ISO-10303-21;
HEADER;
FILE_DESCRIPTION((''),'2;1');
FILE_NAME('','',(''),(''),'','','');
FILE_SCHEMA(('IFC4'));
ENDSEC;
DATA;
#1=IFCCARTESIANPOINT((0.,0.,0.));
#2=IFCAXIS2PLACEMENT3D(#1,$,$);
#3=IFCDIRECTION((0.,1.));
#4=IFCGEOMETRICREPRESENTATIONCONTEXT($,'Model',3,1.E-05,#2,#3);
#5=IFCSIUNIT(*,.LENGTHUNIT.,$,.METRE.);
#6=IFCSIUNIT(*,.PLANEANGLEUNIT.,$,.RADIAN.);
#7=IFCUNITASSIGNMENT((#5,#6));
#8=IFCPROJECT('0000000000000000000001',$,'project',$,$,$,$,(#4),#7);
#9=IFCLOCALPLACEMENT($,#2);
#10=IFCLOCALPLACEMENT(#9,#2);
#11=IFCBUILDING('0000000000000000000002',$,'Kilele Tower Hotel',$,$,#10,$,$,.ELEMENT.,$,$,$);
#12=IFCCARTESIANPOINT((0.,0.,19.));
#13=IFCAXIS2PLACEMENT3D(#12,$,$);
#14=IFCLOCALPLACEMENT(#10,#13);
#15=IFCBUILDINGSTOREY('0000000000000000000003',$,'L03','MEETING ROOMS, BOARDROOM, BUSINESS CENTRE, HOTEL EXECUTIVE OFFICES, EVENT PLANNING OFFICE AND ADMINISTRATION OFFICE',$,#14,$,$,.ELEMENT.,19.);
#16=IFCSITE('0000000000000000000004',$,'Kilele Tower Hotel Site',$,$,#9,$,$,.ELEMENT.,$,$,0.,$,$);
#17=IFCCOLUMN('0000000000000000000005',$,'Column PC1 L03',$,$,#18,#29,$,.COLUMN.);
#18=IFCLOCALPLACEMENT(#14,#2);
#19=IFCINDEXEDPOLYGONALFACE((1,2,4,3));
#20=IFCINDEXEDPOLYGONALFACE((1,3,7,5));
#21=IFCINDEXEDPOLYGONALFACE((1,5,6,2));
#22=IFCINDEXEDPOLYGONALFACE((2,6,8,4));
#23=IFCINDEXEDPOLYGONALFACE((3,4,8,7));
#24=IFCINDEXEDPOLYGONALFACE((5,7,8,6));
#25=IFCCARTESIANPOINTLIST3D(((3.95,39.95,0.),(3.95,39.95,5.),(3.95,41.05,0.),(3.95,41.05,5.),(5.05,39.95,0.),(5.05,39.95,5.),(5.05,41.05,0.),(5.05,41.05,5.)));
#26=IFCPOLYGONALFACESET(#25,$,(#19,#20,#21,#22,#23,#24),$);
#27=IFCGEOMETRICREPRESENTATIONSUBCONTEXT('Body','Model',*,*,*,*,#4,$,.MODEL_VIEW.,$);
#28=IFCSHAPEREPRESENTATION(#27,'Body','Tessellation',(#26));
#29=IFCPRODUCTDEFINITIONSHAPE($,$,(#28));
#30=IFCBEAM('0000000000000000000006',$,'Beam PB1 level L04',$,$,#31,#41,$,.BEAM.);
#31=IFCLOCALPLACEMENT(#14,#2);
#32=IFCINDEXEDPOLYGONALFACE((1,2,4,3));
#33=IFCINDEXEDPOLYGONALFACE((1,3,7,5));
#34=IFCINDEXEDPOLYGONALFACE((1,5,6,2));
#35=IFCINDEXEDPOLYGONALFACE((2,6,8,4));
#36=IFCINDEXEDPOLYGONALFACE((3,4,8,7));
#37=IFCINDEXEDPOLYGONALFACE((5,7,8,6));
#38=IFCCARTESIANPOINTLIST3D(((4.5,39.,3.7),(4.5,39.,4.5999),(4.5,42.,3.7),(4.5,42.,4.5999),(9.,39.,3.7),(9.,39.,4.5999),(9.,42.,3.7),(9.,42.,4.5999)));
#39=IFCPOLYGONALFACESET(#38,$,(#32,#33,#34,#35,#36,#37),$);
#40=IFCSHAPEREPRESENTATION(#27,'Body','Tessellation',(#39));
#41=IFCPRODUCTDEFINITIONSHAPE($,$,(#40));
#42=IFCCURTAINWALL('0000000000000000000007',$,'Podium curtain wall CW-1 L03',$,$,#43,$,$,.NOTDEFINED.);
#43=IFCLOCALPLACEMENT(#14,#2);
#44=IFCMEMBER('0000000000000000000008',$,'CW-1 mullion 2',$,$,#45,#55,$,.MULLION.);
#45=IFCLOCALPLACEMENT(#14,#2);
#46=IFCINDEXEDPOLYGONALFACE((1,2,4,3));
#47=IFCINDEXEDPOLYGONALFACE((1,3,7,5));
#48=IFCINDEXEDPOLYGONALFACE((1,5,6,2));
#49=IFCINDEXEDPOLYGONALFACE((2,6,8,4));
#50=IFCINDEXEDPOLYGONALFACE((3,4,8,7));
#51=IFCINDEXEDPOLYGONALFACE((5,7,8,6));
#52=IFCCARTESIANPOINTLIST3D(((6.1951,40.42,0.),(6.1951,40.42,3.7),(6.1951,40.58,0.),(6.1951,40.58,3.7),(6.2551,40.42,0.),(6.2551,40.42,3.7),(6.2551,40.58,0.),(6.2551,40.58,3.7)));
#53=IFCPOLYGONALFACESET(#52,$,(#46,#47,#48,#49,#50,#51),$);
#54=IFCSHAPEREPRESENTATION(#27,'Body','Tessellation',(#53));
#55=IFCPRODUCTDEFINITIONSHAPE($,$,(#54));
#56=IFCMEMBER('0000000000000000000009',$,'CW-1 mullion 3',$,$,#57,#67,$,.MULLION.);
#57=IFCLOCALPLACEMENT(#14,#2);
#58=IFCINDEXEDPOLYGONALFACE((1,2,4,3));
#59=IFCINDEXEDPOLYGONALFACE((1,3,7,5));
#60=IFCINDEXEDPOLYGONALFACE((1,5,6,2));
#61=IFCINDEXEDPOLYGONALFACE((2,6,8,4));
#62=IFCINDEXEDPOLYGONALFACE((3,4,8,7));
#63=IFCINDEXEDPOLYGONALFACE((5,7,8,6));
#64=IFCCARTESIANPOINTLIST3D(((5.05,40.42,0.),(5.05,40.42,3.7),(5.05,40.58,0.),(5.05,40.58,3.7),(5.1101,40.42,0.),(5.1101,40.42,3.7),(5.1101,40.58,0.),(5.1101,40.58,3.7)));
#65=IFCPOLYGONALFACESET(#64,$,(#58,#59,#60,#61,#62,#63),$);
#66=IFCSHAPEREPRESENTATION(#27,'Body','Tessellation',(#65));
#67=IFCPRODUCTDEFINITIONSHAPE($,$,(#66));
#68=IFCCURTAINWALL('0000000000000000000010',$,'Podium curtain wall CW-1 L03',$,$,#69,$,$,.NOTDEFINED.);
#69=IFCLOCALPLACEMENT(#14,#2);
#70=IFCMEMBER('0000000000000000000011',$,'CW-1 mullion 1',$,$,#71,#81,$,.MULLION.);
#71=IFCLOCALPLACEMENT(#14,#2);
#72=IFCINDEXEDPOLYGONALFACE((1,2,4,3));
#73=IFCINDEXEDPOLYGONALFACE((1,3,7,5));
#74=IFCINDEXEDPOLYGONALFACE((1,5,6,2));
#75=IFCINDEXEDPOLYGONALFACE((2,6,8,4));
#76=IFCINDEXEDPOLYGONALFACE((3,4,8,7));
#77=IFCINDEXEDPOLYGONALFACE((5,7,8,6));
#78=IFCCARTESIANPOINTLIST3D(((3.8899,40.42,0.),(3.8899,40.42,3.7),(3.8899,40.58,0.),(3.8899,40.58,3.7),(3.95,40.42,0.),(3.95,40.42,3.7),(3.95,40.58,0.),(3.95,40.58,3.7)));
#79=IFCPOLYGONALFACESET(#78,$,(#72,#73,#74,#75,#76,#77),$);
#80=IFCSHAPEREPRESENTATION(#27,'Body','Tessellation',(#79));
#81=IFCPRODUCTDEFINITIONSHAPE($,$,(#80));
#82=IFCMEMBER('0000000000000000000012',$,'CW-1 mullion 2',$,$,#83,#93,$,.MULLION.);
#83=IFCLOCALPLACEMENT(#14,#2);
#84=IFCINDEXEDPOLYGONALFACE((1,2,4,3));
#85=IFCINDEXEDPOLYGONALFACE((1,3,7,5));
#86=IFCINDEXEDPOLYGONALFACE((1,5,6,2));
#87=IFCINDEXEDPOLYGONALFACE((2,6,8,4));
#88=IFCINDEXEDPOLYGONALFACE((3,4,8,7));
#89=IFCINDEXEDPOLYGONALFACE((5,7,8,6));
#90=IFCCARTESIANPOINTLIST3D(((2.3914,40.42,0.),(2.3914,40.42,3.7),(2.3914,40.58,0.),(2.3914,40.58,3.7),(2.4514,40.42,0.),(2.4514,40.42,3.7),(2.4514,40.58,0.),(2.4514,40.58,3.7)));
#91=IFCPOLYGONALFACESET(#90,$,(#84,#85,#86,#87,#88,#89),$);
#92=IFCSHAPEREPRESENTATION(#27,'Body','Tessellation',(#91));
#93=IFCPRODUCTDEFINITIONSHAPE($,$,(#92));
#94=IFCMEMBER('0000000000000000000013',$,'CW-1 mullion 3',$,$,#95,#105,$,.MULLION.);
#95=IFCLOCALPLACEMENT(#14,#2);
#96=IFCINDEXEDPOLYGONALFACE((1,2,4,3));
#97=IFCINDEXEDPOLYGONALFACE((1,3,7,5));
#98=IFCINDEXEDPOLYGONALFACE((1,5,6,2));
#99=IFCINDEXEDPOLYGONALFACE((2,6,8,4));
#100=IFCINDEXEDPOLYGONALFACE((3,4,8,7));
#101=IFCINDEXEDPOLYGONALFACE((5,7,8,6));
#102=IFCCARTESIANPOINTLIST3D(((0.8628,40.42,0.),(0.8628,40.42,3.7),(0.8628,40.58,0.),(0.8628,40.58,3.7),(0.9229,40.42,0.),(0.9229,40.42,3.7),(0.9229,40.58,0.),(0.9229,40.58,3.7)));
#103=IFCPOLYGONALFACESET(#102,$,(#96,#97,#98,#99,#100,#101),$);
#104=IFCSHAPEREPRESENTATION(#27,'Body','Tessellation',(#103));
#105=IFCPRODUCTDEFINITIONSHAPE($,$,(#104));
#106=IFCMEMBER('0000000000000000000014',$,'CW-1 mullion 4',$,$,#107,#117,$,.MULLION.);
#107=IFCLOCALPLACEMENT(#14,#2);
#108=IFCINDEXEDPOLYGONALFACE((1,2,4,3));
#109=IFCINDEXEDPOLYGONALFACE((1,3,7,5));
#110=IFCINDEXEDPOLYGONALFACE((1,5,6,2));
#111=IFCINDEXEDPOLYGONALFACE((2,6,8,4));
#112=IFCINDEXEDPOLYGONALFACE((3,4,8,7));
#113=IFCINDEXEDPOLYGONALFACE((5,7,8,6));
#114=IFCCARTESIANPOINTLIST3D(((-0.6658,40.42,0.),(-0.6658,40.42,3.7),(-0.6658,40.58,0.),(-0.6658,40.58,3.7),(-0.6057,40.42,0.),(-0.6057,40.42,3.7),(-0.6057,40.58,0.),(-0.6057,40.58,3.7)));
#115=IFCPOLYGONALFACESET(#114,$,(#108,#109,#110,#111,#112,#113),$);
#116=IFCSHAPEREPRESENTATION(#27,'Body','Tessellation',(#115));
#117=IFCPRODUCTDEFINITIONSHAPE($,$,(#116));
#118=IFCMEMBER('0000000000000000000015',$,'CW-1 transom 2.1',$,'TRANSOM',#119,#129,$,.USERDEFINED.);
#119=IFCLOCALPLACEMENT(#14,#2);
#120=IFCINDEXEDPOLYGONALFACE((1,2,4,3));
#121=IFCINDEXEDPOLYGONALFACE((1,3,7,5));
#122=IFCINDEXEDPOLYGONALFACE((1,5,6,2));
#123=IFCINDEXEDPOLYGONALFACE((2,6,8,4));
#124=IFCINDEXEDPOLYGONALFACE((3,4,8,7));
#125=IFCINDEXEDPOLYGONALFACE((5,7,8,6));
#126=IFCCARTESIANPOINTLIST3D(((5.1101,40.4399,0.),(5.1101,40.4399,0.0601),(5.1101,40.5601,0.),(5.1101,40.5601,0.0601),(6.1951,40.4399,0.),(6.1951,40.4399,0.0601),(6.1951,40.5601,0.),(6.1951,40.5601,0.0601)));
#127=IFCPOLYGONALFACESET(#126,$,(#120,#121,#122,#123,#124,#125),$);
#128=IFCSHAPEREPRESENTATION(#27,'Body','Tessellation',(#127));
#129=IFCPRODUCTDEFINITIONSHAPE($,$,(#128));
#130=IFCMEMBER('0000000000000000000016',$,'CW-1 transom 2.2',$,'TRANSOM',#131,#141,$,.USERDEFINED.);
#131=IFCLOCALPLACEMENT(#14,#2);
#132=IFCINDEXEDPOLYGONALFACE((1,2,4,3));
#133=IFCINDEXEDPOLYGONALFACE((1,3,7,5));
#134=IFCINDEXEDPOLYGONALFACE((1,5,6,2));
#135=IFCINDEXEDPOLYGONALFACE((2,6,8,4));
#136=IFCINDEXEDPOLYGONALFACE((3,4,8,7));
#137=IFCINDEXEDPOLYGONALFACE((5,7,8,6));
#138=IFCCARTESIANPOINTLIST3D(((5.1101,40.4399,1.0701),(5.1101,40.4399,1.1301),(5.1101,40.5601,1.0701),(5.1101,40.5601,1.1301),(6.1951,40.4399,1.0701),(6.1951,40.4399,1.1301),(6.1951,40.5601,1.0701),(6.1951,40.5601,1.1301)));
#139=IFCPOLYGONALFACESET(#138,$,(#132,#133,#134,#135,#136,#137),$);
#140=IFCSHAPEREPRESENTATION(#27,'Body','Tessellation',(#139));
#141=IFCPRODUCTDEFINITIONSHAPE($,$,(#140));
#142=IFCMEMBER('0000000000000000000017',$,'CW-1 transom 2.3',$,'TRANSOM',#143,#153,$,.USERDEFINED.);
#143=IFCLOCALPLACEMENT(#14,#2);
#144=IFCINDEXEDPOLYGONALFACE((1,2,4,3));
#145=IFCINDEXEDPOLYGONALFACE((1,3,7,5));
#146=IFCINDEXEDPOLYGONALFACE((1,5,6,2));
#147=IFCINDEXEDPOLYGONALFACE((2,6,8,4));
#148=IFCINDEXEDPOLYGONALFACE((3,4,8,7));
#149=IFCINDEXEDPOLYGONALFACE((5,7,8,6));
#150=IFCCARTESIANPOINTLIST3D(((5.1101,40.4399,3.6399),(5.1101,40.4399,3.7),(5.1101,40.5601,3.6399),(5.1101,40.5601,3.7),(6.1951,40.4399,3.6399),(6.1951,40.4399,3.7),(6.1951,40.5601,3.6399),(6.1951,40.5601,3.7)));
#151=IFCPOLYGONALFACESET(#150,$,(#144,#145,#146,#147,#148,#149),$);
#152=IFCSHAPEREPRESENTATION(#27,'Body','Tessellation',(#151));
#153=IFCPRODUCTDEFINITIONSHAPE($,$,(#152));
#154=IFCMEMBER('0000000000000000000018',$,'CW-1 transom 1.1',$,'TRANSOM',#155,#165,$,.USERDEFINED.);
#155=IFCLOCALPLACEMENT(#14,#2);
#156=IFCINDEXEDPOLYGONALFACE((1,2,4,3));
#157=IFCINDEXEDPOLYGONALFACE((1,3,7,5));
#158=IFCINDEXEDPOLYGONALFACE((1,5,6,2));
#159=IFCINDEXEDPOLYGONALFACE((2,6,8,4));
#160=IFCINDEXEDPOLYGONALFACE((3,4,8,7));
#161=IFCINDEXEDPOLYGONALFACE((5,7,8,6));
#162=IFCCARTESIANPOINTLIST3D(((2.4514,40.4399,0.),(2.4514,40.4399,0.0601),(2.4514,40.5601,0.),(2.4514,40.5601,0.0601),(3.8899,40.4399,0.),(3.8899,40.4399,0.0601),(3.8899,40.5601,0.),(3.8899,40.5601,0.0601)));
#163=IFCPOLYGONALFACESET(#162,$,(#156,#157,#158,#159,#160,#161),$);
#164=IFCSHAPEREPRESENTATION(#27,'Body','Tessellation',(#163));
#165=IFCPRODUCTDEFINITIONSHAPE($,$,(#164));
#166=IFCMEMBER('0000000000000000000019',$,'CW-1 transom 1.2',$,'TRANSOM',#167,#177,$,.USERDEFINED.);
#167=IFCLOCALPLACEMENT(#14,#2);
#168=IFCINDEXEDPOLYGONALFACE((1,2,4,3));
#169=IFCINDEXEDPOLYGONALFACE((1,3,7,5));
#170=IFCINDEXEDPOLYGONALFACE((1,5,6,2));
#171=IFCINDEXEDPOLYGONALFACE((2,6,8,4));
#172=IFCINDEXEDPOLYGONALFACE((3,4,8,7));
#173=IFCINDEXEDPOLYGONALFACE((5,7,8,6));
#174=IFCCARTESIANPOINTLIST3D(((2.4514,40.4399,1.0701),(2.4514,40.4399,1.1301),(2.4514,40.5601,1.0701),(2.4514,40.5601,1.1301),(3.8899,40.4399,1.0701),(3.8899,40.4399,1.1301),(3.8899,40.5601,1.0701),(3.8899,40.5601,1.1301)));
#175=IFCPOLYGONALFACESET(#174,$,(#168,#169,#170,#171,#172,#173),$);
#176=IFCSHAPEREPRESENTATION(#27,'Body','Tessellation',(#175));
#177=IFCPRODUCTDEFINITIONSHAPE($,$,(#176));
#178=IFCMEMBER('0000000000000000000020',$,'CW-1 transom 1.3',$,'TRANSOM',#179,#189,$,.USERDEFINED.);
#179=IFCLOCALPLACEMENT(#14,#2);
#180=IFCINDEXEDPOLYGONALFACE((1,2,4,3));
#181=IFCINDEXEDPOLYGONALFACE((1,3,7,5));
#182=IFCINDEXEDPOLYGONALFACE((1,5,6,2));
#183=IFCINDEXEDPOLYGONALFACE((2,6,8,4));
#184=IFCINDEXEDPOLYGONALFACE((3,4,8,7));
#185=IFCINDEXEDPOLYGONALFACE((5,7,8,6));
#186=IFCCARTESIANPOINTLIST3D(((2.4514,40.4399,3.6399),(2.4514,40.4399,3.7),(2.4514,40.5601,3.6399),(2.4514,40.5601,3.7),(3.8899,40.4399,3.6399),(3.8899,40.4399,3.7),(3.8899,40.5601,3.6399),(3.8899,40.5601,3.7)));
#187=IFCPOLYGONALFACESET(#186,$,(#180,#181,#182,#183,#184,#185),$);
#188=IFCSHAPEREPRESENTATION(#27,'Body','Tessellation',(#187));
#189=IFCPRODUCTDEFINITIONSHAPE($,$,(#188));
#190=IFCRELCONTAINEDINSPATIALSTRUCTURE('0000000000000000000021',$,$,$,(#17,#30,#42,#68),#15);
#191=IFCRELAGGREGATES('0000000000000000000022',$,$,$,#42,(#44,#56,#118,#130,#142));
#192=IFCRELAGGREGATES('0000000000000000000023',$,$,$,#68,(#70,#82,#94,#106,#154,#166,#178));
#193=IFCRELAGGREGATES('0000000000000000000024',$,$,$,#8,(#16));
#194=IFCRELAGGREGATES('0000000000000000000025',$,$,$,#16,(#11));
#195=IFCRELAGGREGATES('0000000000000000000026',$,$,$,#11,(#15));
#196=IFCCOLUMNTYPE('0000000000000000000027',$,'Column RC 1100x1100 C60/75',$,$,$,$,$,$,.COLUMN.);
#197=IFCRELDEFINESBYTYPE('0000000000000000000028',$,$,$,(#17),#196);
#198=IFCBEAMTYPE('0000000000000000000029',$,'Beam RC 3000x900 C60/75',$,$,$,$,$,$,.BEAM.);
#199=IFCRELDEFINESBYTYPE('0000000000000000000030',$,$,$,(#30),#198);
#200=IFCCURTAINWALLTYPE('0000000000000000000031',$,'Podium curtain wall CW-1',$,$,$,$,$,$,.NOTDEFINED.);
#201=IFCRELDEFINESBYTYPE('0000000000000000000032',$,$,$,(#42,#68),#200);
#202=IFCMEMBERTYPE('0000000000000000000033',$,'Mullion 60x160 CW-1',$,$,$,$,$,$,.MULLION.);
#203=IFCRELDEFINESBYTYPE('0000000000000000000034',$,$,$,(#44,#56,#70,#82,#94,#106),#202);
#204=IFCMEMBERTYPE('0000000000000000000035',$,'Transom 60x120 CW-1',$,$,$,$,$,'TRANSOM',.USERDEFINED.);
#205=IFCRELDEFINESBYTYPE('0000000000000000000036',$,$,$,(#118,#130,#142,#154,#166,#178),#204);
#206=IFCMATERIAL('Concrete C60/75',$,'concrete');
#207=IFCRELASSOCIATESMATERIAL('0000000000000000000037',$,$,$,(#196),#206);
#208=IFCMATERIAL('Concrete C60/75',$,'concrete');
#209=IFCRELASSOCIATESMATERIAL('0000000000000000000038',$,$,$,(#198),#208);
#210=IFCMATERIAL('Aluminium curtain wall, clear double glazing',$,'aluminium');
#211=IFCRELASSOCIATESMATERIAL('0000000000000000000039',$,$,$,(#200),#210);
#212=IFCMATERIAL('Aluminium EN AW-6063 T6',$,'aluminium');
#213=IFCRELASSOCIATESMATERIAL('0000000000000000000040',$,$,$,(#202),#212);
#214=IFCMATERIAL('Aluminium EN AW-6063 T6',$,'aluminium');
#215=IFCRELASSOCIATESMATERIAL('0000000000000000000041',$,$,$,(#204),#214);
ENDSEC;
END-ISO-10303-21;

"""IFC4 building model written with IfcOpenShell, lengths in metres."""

from ifc_helpers import new_model, si_unit, direction, frame, origin, origin_2d, place, context, subcontext, project, spatial, rectangle, extrude, material, material_profile, profile_set, type_object, element, aggregate, save


model = new_model("IFC4")

# Units and contexts
model_context = context("Model", 3, precision=1e-05, world=origin(), true_north=direction((0.0, 1.0)))
body_context = subcontext(model_context, "Body", "Model", "MODEL_VIEW")
ifc_project = project(units=[si_unit("LENGTHUNIT", "METRE"), si_unit("PLANEANGLEUNIT", "RADIAN")], contexts=[model_context])

# Site, building, storey
site_placement = place(None, origin())
site = spatial("IfcSite", under=ifc_project, at=site_placement, Name="Kilele Tower Hotel Site", CompositionType="ELEMENT", RefElevation=0.0)
building_placement = place(site_placement, origin())
building = spatial("IfcBuilding", under=site, at=building_placement, Name="Kilele Tower Hotel", CompositionType="ELEMENT")
storey_placement = place(building_placement, frame((0.0, 0.0, 19.0)))
storey = spatial("IfcBuildingStorey", under=building, at=storey_placement, Name="L03", Description="MEETING ROOMS, BOARDROOM, BUSINESS CENTRE, HOTEL EXECUTIVE OFFICES, EVENT PLANNING OFFICE AND ADMINISTRATION OFFICE", CompositionType="ELEMENT", Elevation=19.0)

# Column
ifc_material_1 = material(Name="Concrete C60/75", Category="concrete")
ifc_material_profile_1 = material_profile(ifc_material_1, rectangle(XDim=1.1001, YDim=1.1001, at=origin_2d()))
ifc_profile_set_1 = profile_set([ifc_material_profile_1], Name="Concrete C60/75")
column_type = type_object("IfcColumnType", Name="Column RC 1100x1100 C60/75", PredefinedType="COLUMN", material=ifc_profile_set_1)
column_placement = place(storey_placement, frame((4.5, 40.5, 0.0), z_axis=(0.0, 0.0, 1.0), x_axis=(1.0, 0.0, 0.0)))
element("IfcColumn", 1, at=column_placement, inside=storey, type_object=column_type, Name="Column PC1 L03", PredefinedType="COLUMN", context=body_context, shape_type="SweptSolid", body=[
    extrude(rectangle(XDim=1.1001, YDim=1.1001, at=origin_2d()), origin(), (0.0, 0.0, 1.0), 5.0),
])

# Beam
ifc_material_2 = material(Name="Concrete C60/75", Category="concrete")
ifc_material_profile_2 = material_profile(ifc_material_2, rectangle(XDim=3.0, YDim=0.8999, at=origin_2d()))
ifc_profile_set_2 = profile_set([ifc_material_profile_2], Name="Concrete C60/75")
beam_type = type_object("IfcBeamType", Name="Beam RC 3000x900 C60/75", PredefinedType="BEAM", material=ifc_profile_set_2)
beam_placement = place(storey_placement, frame((4.5, 40.5, 4.1499), z_axis=(1.0, 0.0, 0.0), x_axis=(0.0, 1.0, 0.0)))
element("IfcBeam", 2, at=beam_placement, inside=storey, type_object=beam_type, Name="Beam PB1 level L04", PredefinedType="BEAM", context=body_context, shape_type="SweptSolid", body=[
    extrude(rectangle(XDim=3.0, YDim=0.8999, at=origin_2d()), origin(), (0.0, 0.0, 1.0), 4.5),
])

# Curtain walls, members
ifc_material_3 = material(Name="Aluminium curtain wall, clear double glazing", Category="aluminium")
curtain_wall_type = type_object("IfcCurtainWallType", Name="Podium curtain wall CW-1", PredefinedType="NOTDEFINED", material=ifc_material_3)
curtain_wall_1_placement = place(storey_placement, origin())
curtain_wall_1 = element("IfcCurtainWall", 3, at=curtain_wall_1_placement, inside=storey, type_object=curtain_wall_type, Name="Podium curtain wall CW-1 L03", PredefinedType="NOTDEFINED")
ifc_material_4 = material(Name="Aluminium EN AW-6063 T6", Category="aluminium")
ifc_material_profile_3 = material_profile(ifc_material_4, rectangle(XDim=0.1599, YDim=0.0601, at=origin_2d()))
ifc_profile_set_3 = profile_set([ifc_material_profile_3], Name="Aluminium EN AW-6063 T6")
member_type_1 = type_object("IfcMemberType", Name="Mullion 60x160 CW-1", PredefinedType="MULLION", material=ifc_profile_set_3)
member_1_placement = place(storey_placement, frame((6.2251, 40.5, 0.0), z_axis=(0.0, 0.0, 1.0), x_axis=(0.0, -1.0, 0.0)))
member_1 = element("IfcMember", 4, at=member_1_placement, type_object=member_type_1, Name="CW-1 mullion 2", PredefinedType="MULLION", context=body_context, shape_type="SweptSolid", body=[
    extrude(rectangle(XDim=0.1599, YDim=0.0601, at=origin_2d()), origin(), (0.0, 0.0, 1.0), 3.7),
])
member_2_placement = place(storey_placement, frame((5.0801, 40.5, 0.0), z_axis=(0.0, 0.0, 1.0), x_axis=(0.0, -1.0, 0.0)))
member_2 = element("IfcMember", 5, at=member_2_placement, type_object=member_type_1, Name="CW-1 mullion 3", PredefinedType="MULLION", context=body_context, shape_type="SweptSolid", body=[
    extrude(rectangle(XDim=0.1599, YDim=0.0601, at=origin_2d()), origin(), (0.0, 0.0, 1.0), 3.7),
])
curtain_wall_2_placement = place(storey_placement, origin())
curtain_wall_2 = element("IfcCurtainWall", 6, at=curtain_wall_2_placement, inside=storey, type_object=curtain_wall_type, Name="Podium curtain wall CW-1 L03", PredefinedType="NOTDEFINED")
member_3_placement = place(storey_placement, frame((3.9199, 40.5, 0.0), z_axis=(0.0, 0.0, 1.0), x_axis=(0.0, -1.0, 0.0)))
member_3 = element("IfcMember", 7, at=member_3_placement, type_object=member_type_1, Name="CW-1 mullion 1", PredefinedType="MULLION", context=body_context, shape_type="SweptSolid", body=[
    extrude(rectangle(XDim=0.1599, YDim=0.0601, at=origin_2d()), origin(), (0.0, 0.0, 1.0), 3.7),
])
member_4_placement = place(storey_placement, frame((2.4214, 40.5, 0.0), z_axis=(0.0, 0.0, 1.0), x_axis=(0.0, -1.0, 0.0)))
member_4 = element("IfcMember", 8, at=member_4_placement, type_object=member_type_1, Name="CW-1 mullion 2", PredefinedType="MULLION", context=body_context, shape_type="SweptSolid", body=[
    extrude(rectangle(XDim=0.1599, YDim=0.0601, at=origin_2d()), origin(), (0.0, 0.0, 1.0), 3.7),
])
member_5_placement = place(storey_placement, frame((0.8928, 40.5, 0.0), z_axis=(0.0, 0.0, 1.0), x_axis=(0.0, -1.0, 0.0)))
member_5 = element("IfcMember", 9, at=member_5_placement, type_object=member_type_1, Name="CW-1 mullion 3", PredefinedType="MULLION", context=body_context, shape_type="SweptSolid", body=[
    extrude(rectangle(XDim=0.1599, YDim=0.0601, at=origin_2d()), origin(), (0.0, 0.0, 1.0), 3.7),
])
member_6_placement = place(storey_placement, frame((-0.6357, 40.5, 0.0), z_axis=(0.0, 0.0, 1.0), x_axis=(0.0, -1.0, 0.0)))
member_6 = element("IfcMember", 10, at=member_6_placement, type_object=member_type_1, Name="CW-1 mullion 4", PredefinedType="MULLION", context=body_context, shape_type="SweptSolid", body=[
    extrude(rectangle(XDim=0.1599, YDim=0.0601, at=origin_2d()), origin(), (0.0, 0.0, 1.0), 3.7),
])

# Members
ifc_material_5 = material(Name="Aluminium EN AW-6063 T6", Category="aluminium")
ifc_material_profile_4 = material_profile(ifc_material_5, rectangle(XDim=0.1201, YDim=0.0601, at=origin_2d()))
ifc_profile_set_4 = profile_set([ifc_material_profile_4], Name="Aluminium EN AW-6063 T6")
member_type_2 = type_object("IfcMemberType", Name="Transom 60x120 CW-1", ElementType="TRANSOM", PredefinedType="USERDEFINED", material=ifc_profile_set_4)
member_7_placement = place(storey_placement, frame((6.1951, 40.5, 0.03), z_axis=(-1.0, 0.0, 0.0), x_axis=(0.0, -1.0, 0.0)))
member_7 = element("IfcMember", 11, at=member_7_placement, type_object=member_type_2, Name="CW-1 transom 2.1", ObjectType="TRANSOM", PredefinedType="USERDEFINED", context=body_context, shape_type="SweptSolid", body=[
    extrude(rectangle(XDim=0.1201, YDim=0.0601, at=origin_2d()), origin(), (0.0, 0.0, 1.0), 1.085),
])
member_8_placement = place(storey_placement, frame((6.1951, 40.5, 1.1001), z_axis=(-1.0, 0.0, 0.0), x_axis=(0.0, -1.0, 0.0)))
member_8 = element("IfcMember", 12, at=member_8_placement, type_object=member_type_2, Name="CW-1 transom 2.2", ObjectType="TRANSOM", PredefinedType="USERDEFINED", context=body_context, shape_type="SweptSolid", body=[
    extrude(rectangle(XDim=0.1201, YDim=0.0601, at=origin_2d()), origin(), (0.0, 0.0, 1.0), 1.085),
])
member_9_placement = place(storey_placement, frame((6.1951, 40.5, 3.6699), z_axis=(-1.0, 0.0, 0.0), x_axis=(0.0, -1.0, 0.0)))
member_9 = element("IfcMember", 13, at=member_9_placement, type_object=member_type_2, Name="CW-1 transom 2.3", ObjectType="TRANSOM", PredefinedType="USERDEFINED", context=body_context, shape_type="SweptSolid", body=[
    extrude(rectangle(XDim=0.1201, YDim=0.0601, at=origin_2d()), origin(), (0.0, 0.0, 1.0), 1.085),
])
member_10_placement = place(storey_placement, frame((3.8899, 40.5, 0.03), z_axis=(-1.0, 0.0, 0.0), x_axis=(0.0, -1.0, 0.0)))
member_10 = element("IfcMember", 14, at=member_10_placement, type_object=member_type_2, Name="CW-1 transom 1.1", ObjectType="TRANSOM", PredefinedType="USERDEFINED", context=body_context, shape_type="SweptSolid", body=[
    extrude(rectangle(XDim=0.1201, YDim=0.0601, at=origin_2d()), origin(), (0.0, 0.0, 1.0), 1.4385),
])
member_11_placement = place(storey_placement, frame((3.8899, 40.5, 1.1001), z_axis=(-1.0, 0.0, 0.0), x_axis=(0.0, -1.0, 0.0)))
member_11 = element("IfcMember", 15, at=member_11_placement, type_object=member_type_2, Name="CW-1 transom 1.2", ObjectType="TRANSOM", PredefinedType="USERDEFINED", context=body_context, shape_type="SweptSolid", body=[
    extrude(rectangle(XDim=0.1201, YDim=0.0601, at=origin_2d()), origin(), (0.0, 0.0, 1.0), 1.4385),
])
member_12_placement = place(storey_placement, frame((3.8899, 40.5, 3.6699), z_axis=(-1.0, 0.0, 0.0), x_axis=(0.0, -1.0, 0.0)))
member_12 = element("IfcMember", 16, at=member_12_placement, type_object=member_type_2, Name="CW-1 transom 1.3", ObjectType="TRANSOM", PredefinedType="USERDEFINED", context=body_context, shape_type="SweptSolid", body=[
    extrude(rectangle(XDim=0.1201, YDim=0.0601, at=origin_2d()), origin(), (0.0, 0.0, 1.0), 1.4385),
])

aggregate(curtain_wall_1, [member_1, member_2, member_7, member_8, member_9])
aggregate(curtain_wall_2, [member_3, member_4, member_5, member_6, member_10, member_11, member_12])

save(model, "model.ifc")
